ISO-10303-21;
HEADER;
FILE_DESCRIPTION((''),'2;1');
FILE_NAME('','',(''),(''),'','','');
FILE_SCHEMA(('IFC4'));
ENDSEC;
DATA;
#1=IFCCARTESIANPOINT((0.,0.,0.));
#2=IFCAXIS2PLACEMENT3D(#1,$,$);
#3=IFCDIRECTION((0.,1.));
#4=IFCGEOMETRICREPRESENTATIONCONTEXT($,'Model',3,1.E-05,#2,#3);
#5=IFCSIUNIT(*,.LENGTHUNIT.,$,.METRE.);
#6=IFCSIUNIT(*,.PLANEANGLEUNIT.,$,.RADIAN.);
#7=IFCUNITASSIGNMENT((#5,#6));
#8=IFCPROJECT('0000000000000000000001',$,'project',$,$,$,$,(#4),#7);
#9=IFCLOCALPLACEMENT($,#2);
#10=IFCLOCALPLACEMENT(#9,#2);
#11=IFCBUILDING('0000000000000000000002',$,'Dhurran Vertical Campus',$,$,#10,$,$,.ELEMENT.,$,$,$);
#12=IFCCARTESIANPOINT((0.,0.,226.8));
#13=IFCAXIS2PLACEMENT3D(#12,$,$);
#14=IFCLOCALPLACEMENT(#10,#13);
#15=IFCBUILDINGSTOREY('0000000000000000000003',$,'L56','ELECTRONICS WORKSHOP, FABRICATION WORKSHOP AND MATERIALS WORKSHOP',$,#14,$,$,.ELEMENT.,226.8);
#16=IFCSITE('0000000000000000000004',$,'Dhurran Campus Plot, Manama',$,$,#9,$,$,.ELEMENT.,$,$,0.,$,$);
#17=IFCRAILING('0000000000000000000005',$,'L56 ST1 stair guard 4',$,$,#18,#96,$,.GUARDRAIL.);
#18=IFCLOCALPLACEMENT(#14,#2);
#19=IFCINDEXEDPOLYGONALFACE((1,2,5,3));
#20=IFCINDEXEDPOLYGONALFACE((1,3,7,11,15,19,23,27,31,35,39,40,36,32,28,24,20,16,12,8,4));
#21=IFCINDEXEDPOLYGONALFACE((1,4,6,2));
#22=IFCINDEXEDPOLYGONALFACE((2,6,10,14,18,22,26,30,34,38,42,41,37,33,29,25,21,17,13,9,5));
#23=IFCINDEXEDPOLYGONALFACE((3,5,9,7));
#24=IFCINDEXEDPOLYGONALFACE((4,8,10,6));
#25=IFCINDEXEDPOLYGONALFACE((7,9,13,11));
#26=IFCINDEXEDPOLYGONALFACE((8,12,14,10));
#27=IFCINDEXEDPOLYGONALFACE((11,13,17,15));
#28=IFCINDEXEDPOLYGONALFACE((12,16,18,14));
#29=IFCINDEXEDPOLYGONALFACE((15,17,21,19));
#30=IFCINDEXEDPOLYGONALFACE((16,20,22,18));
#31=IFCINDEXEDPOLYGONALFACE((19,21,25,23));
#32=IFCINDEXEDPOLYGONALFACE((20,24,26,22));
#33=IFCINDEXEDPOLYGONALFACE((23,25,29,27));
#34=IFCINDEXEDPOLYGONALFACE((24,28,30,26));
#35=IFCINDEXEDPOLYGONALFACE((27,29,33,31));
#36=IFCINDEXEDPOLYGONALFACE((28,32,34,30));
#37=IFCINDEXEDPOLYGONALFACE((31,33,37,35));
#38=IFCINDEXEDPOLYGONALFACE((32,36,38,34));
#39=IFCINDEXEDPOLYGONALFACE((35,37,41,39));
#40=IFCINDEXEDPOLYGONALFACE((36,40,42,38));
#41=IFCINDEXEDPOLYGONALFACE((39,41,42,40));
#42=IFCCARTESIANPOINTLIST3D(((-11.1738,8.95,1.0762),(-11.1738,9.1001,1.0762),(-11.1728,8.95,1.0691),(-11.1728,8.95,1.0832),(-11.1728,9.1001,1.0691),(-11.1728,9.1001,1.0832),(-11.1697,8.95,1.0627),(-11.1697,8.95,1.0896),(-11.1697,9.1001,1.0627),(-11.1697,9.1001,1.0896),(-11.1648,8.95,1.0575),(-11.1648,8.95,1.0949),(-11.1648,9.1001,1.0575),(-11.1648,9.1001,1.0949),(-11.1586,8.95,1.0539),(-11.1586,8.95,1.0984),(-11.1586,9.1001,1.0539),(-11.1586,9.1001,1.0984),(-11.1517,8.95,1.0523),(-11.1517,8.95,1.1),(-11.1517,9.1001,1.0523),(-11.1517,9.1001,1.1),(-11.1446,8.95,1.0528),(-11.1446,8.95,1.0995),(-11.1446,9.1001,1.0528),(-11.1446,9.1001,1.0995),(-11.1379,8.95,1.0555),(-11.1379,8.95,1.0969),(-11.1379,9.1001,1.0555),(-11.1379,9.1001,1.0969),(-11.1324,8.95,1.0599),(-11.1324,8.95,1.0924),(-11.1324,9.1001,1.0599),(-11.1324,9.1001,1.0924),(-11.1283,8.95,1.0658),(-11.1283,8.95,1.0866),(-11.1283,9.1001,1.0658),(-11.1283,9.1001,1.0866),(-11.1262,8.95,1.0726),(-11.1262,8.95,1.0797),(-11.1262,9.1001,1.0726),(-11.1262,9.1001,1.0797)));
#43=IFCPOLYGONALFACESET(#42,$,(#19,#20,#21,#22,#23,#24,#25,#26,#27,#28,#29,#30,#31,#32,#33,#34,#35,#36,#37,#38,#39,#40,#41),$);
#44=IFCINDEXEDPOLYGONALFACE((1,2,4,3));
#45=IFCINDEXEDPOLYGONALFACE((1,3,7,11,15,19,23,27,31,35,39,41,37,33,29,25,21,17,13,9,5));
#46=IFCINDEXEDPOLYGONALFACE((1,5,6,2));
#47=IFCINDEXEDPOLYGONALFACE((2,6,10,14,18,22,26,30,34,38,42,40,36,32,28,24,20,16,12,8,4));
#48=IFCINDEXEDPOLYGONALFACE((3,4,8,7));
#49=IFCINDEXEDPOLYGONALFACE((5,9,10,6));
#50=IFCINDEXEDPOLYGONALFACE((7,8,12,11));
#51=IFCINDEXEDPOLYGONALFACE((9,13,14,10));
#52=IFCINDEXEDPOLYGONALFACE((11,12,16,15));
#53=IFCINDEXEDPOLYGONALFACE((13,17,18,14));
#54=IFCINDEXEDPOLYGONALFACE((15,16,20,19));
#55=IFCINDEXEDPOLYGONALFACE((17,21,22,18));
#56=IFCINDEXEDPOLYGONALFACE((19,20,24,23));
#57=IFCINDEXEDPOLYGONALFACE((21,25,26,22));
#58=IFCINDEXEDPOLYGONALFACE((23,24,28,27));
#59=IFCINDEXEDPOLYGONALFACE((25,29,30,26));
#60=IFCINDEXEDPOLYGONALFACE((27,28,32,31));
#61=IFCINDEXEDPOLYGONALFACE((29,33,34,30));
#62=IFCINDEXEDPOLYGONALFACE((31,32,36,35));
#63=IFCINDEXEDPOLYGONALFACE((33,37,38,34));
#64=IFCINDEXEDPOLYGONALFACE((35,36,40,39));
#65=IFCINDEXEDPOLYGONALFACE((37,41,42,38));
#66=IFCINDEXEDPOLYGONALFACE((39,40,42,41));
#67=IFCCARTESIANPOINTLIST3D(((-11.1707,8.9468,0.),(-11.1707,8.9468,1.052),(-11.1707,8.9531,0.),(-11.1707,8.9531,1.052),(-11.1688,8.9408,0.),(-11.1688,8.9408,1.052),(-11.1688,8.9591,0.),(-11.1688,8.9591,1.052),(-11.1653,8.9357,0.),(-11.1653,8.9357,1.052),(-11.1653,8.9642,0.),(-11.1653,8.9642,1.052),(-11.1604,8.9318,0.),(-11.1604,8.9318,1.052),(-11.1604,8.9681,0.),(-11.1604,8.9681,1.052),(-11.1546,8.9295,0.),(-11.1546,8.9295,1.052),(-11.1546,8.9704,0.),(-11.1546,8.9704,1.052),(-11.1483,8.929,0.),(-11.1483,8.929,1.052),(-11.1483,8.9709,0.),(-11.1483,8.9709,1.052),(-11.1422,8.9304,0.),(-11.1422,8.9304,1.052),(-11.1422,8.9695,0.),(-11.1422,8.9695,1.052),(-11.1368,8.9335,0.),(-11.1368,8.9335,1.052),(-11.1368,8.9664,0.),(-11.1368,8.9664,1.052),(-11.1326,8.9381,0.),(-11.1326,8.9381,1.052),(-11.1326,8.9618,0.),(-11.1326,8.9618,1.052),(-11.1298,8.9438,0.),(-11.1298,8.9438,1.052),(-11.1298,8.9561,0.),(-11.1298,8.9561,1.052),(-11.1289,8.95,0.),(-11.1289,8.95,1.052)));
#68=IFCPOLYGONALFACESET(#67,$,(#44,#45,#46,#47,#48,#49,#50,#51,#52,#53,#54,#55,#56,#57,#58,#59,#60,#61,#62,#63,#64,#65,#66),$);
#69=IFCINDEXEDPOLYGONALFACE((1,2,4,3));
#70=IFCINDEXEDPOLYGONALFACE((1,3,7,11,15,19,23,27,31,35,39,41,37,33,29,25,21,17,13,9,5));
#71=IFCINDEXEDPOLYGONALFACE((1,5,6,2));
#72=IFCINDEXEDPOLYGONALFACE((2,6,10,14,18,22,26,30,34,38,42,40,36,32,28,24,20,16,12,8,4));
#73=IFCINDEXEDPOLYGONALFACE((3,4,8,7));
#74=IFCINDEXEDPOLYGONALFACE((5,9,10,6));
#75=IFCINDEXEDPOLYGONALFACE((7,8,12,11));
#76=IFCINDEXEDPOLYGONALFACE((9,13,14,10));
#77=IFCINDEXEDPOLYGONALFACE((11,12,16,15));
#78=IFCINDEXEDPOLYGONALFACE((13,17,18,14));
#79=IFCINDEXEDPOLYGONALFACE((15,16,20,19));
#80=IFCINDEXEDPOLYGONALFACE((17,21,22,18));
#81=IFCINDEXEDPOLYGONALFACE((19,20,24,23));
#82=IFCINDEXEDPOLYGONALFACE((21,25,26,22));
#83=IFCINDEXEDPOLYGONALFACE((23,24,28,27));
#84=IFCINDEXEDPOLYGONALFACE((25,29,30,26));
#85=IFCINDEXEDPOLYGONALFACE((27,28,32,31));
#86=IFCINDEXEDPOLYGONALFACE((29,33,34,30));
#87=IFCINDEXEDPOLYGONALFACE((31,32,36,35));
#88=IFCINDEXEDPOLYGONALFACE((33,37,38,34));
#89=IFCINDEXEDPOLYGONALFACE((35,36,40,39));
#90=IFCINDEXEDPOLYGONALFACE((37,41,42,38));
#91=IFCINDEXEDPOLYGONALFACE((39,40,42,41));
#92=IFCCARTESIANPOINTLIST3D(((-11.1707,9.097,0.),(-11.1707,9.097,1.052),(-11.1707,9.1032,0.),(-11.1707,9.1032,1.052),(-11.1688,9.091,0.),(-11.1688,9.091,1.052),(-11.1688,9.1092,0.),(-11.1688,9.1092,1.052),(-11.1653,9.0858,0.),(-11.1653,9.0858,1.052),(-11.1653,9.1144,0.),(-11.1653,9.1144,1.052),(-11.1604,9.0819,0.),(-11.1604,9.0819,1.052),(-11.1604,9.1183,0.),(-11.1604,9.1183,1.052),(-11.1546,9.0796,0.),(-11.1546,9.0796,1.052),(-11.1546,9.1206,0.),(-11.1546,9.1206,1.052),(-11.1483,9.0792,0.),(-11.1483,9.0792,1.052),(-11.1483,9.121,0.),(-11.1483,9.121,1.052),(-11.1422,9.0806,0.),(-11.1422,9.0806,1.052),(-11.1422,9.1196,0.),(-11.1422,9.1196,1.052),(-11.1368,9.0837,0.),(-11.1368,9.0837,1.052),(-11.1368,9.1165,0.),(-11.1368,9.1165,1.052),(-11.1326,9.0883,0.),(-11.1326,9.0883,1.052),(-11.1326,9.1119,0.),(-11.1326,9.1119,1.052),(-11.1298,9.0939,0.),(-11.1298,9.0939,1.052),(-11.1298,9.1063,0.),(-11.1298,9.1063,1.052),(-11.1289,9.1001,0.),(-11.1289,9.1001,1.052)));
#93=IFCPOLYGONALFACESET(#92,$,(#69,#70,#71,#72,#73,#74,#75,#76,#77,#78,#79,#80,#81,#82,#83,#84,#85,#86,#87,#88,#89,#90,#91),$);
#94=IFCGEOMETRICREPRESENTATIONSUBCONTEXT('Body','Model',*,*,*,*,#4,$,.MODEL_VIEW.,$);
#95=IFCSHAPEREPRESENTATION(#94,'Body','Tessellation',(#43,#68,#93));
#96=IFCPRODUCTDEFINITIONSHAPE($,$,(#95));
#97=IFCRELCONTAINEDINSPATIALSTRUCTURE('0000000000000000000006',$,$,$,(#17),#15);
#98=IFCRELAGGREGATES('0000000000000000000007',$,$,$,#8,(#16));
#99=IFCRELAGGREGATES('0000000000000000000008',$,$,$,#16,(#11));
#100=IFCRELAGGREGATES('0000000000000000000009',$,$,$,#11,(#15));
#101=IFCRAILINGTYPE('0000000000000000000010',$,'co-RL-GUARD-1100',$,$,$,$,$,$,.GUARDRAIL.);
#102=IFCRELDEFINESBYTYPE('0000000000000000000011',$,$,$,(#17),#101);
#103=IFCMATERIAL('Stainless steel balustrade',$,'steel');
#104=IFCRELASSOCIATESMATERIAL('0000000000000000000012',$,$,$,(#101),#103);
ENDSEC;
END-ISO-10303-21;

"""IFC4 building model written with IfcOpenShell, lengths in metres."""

from ifc_helpers import new_model, si_unit, direction, frame, origin, origin_2d, place, context, subcontext, project, spatial, circle, extrude, material, type_object, element, save


model = new_model("IFC4")

# Units and contexts
model_context = context("Model", 3, precision=1e-05, world=origin(), true_north=direction((0.0, 1.0)))
body_context = subcontext(model_context, "Body", "Model", "MODEL_VIEW")
ifc_project = project(units=[si_unit("LENGTHUNIT", "METRE"), si_unit("PLANEANGLEUNIT", "RADIAN")], contexts=[model_context])

# Site, building, storey
site_placement = place(None, origin())
site = spatial("IfcSite", under=ifc_project, at=site_placement, Name="Dhurran Campus Plot, Manama", CompositionType="ELEMENT", RefElevation=0.0)
building_placement = place(site_placement, origin())
building = spatial("IfcBuilding", under=site, at=building_placement, Name="Dhurran Vertical Campus", CompositionType="ELEMENT")
storey_placement = place(building_placement, frame((0.0, 0.0, 226.8)))
storey = spatial("IfcBuildingStorey", under=building, at=storey_placement, Name="L56", Description="ELECTRONICS WORKSHOP, FABRICATION WORKSHOP AND MATERIALS WORKSHOP", CompositionType="ELEMENT", Elevation=226.8)

# Railing
ifc_material_1 = material(Name="Stainless steel balustrade", Category="steel")
railing_type_1 = type_object("IfcRailingType", Name="co-RL-GUARD-1100", PredefinedType="GUARDRAIL", material=ifc_material_1)
railing_1_placement = place(storey_placement, frame((-11.1499, 8.95, 0.0)))
element("IfcRailing", 1, at=railing_1_placement, inside=storey, type_object=railing_type_1, Name="L56 ST1 stair guard 4", PredefinedType="GUARDRAIL", context=body_context, shape_type="SweptSolid", body=[
    extrude(circle(Radius=0.0239, at=origin_2d()), frame((0.0, 0.0, 1.0762), z_axis=(0.0, 1.0, 0.0), x_axis=(-1.0, 0.0, 0.0)), (0.0, 0.0, 1.0), 0.1501),
    extrude(circle(Radius=0.021, at=origin_2d()), origin(), (0.0, 0.0, 1.0), 1.052),
    extrude(circle(Radius=0.021, at=origin_2d()), frame((0.0, 0.1501, 0.0)), (0.0, 0.0, 1.0), 1.052),
])

save(model, "model.ifc")
